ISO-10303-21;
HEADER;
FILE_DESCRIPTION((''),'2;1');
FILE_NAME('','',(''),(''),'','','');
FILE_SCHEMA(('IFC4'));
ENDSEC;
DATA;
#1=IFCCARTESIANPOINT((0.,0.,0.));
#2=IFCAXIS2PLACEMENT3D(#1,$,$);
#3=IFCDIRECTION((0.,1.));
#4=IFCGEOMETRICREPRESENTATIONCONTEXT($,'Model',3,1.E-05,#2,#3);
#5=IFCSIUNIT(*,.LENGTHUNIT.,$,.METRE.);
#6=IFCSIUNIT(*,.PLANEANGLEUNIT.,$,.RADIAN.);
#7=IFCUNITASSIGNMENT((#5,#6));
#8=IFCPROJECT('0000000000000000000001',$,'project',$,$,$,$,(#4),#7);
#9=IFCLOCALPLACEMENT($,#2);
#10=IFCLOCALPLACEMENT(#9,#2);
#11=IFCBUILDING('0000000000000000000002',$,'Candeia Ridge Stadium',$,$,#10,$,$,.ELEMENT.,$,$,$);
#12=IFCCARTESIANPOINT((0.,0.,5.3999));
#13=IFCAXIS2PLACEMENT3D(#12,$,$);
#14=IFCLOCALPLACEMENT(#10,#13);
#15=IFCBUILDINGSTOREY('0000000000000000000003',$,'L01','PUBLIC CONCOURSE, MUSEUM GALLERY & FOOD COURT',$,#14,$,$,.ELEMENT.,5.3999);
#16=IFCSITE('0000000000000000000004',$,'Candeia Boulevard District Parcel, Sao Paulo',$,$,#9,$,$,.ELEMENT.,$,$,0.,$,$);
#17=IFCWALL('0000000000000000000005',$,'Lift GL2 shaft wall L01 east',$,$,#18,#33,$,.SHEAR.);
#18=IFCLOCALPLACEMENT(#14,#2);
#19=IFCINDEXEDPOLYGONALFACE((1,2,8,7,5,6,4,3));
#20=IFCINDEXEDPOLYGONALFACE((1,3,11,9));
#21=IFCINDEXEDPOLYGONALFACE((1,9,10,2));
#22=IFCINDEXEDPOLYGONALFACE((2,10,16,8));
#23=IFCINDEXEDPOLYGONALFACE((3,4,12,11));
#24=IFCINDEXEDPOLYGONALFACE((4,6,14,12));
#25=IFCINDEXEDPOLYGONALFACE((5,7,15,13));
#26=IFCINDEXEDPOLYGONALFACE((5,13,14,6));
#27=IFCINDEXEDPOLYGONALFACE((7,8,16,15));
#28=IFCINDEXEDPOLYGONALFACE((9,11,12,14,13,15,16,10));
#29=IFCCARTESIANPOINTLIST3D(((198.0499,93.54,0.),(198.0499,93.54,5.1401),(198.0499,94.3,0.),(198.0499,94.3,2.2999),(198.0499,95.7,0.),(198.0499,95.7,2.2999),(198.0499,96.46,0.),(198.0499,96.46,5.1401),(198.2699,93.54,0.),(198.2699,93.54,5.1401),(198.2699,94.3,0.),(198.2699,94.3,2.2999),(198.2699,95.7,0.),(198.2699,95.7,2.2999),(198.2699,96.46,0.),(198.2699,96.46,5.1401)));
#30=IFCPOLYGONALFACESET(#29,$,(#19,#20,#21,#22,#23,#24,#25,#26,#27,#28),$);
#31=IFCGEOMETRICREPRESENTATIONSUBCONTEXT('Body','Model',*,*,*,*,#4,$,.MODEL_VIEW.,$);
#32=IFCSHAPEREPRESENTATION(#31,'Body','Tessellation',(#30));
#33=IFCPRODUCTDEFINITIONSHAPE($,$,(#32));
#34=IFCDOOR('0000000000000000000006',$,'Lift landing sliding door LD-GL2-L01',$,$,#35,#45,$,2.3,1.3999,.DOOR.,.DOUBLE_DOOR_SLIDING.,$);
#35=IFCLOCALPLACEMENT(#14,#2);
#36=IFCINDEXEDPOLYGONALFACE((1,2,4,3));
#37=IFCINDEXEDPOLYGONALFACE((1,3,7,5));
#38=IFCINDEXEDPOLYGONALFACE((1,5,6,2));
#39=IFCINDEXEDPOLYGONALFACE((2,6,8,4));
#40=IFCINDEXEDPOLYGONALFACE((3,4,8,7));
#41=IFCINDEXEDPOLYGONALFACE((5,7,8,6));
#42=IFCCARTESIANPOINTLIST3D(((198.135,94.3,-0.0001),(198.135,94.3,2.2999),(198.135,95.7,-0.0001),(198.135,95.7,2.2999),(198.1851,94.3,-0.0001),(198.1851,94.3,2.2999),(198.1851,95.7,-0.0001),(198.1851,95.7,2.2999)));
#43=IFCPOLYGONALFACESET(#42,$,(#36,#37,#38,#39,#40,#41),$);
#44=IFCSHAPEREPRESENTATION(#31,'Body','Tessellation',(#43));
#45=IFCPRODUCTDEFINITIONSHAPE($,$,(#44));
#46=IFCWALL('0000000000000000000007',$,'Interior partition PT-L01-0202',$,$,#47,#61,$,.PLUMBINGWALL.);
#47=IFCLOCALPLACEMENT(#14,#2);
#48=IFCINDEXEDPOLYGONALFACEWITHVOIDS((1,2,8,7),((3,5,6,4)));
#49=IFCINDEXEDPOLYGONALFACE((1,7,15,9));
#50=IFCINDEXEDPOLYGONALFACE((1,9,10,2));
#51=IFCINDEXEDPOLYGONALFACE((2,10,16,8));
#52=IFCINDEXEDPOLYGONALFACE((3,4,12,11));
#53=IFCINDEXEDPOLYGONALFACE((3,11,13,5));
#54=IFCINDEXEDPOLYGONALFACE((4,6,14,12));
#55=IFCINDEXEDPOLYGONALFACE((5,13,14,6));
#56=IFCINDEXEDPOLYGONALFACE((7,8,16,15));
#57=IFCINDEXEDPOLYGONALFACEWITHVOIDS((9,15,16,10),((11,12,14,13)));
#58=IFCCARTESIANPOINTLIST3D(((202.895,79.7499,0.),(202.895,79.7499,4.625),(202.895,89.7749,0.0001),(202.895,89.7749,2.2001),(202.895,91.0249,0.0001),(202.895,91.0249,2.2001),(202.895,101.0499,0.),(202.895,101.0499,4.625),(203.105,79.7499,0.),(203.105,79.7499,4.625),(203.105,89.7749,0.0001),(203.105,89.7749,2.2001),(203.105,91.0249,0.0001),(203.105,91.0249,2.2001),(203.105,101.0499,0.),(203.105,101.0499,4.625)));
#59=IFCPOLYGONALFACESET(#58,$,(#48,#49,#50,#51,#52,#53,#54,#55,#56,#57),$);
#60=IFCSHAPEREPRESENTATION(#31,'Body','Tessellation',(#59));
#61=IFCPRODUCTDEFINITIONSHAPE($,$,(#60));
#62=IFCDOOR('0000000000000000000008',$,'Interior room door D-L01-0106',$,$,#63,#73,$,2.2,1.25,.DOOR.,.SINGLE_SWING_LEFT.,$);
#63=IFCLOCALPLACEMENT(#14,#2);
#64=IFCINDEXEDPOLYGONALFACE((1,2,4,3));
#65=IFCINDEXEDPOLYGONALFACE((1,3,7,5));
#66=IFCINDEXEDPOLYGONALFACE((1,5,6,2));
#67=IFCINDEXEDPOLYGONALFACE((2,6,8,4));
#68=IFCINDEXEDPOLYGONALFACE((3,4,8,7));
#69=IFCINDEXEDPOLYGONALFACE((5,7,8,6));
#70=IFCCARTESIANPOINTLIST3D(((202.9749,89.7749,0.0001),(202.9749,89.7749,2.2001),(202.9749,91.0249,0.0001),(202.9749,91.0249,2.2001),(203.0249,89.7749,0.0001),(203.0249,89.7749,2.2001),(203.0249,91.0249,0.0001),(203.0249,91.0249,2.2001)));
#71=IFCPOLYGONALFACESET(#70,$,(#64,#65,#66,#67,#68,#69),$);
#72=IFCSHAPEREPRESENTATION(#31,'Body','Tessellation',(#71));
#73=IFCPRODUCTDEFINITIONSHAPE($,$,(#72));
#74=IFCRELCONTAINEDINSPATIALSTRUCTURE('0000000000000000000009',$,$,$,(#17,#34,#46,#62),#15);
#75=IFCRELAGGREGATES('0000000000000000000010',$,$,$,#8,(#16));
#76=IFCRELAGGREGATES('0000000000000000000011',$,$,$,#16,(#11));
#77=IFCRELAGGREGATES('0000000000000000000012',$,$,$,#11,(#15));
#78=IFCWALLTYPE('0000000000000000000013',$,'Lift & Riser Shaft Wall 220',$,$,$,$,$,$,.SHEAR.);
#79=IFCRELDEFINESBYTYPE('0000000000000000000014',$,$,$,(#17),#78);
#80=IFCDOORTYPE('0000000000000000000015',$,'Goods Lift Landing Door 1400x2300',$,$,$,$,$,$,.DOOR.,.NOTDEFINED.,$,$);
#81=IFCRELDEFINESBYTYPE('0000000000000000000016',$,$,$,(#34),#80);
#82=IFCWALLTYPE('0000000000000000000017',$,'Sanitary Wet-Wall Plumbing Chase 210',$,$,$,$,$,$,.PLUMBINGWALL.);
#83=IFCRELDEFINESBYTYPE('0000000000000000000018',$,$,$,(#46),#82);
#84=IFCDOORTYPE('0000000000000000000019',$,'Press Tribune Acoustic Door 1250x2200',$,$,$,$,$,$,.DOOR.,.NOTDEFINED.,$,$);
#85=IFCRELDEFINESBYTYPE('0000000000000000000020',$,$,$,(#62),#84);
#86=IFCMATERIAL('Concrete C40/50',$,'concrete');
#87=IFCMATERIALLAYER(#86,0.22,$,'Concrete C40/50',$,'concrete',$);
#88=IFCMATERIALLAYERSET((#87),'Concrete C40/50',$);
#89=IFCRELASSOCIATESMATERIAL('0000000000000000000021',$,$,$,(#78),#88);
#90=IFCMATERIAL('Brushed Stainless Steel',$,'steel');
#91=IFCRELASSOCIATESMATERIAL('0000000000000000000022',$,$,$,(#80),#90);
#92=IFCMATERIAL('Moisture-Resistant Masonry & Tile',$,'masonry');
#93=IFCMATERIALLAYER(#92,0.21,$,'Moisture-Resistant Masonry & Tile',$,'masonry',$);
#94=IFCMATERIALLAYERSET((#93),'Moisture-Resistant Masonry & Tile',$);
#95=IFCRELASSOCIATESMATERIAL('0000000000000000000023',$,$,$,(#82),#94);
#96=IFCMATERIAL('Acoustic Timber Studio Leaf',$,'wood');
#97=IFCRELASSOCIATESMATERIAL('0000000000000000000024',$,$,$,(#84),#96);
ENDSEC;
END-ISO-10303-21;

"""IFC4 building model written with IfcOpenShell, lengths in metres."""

from ifc_helpers import new_model, si_unit, direction, frame, frame_2d, origin, place, context, subcontext, project, spatial, rectangle, extrude, material, layer, layer_set, type_object, element, fill, save


model = new_model("IFC4")

# Units and contexts
model_context = context("Model", 3, precision=1e-05, world=origin(), true_north=direction((0.0, 1.0)))
body_context = subcontext(model_context, "Body", "Model", "MODEL_VIEW")
ifc_project = project(units=[si_unit("LENGTHUNIT", "METRE"), si_unit("PLANEANGLEUNIT", "RADIAN")], contexts=[model_context])

# Site, building, storey
site_placement = place(None, origin())
site = spatial("IfcSite", under=ifc_project, at=site_placement, Name="Candeia Boulevard District Parcel, Sao Paulo", CompositionType="ELEMENT", RefElevation=0.0)
building_placement = place(site_placement, origin())
building = spatial("IfcBuilding", under=site, at=building_placement, Name="Candeia Ridge Stadium", CompositionType="ELEMENT")
storey_placement = place(building_placement, frame((0.0, 0.0, 5.3999)))
storey = spatial("IfcBuildingStorey", under=building, at=storey_placement, Name="L01", Description="PUBLIC CONCOURSE, MUSEUM GALLERY & FOOD COURT", CompositionType="ELEMENT", Elevation=5.3999)

# Shared definitions
ifc_material_1 = material(Name="Concrete C40/50", Category="concrete")

# Shared definitions
ifc_material_2 = material(Name="Moisture-Resistant Masonry & Tile", Category="masonry")
ifc_layer_1 = layer(ifc_material_1, 0.22, Name="Concrete C40/50", Category="concrete")
ifc_layer_set_1 = layer_set([ifc_layer_1], Name="Concrete C40/50")
wall_type_1 = type_object("IfcWallType", Name="Lift & Riser Shaft Wall 220", PredefinedType="SHEAR", material=ifc_layer_set_1)

# Walls, openings, doors
wall_1_placement = place(storey_placement, frame((198.1599, 93.54, 0.0), z_axis=(0.0, 0.0, 1.0), x_axis=(0.0, 1.0, 0.0)))
wall_1 = element("IfcWall", 1, at=wall_1_placement, inside=storey, type_object=wall_type_1, Name="Lift GL2 shaft wall L01 east", PredefinedType="SHEAR", context=body_context, shape_type="SweptSolid", body=[
    extrude(rectangle(XDim=2.9199, YDim=0.22, at=frame_2d((1.46, 0.0))), origin(), (0.0, 0.0, 1.0), 5.1401),
])
opening_1_placement = place(wall_1_placement, frame((0.76, 0.0, 0.0)))
opening_1 = element("IfcOpeningElement", 2, at=opening_1_placement, cuts=wall_1, PredefinedType="OPENING", context=body_context, shape_type="SweptSolid", body=[
    extrude(rectangle(XDim=1.3999, YDim=2.3, at=frame_2d((0.7, 1.1499))), frame((0.0, 0.1199, 0.0), z_axis=(0.0, -1.0, 0.0), x_axis=(1.0, 0.0, 0.0)), (0.0, 0.0, 1.0), 0.24),
])
ifc_material_3 = material(Name="Brushed Stainless Steel", Category="steel")
door_type_1 = type_object("IfcDoorType", Name="Goods Lift Landing Door 1400x2300", OperationType="NOTDEFINED", PredefinedType="DOOR", material=ifc_material_3)
door_1_placement = place(opening_1_placement, origin())
door_1 = element("IfcDoor", 3, at=door_1_placement, inside=storey, type_object=door_type_1, Name="Lift landing sliding door LD-GL2-L01", OperationType="DOUBLE_DOOR_SLIDING", OverallHeight=2.3, OverallWidth=1.3999, PredefinedType="DOOR", context=body_context, shape_type="SweptSolid", body=[
    extrude(rectangle(XDim=1.3999, YDim=2.3, at=frame_2d((0.7, 1.1499))), frame((0.0, 0.0249, 0.0), z_axis=(0.0, -1.0, 0.0), x_axis=(1.0, 0.0, 0.0)), (0.0, 0.0, 1.0), 0.05),
])
fill(opening_1, door_1)
ifc_layer_2 = layer(ifc_material_2, 0.21, Name="Moisture-Resistant Masonry & Tile", Category="masonry")
ifc_layer_set_2 = layer_set([ifc_layer_2], Name="Moisture-Resistant Masonry & Tile")
wall_type_2 = type_object("IfcWallType", Name="Sanitary Wet-Wall Plumbing Chase 210", PredefinedType="PLUMBINGWALL", material=ifc_layer_set_2)
wall_2_placement = place(storey_placement, frame((203.0, 79.75, 0.0), z_axis=(0.0, 0.0, 1.0), x_axis=(0.0, 1.0, 0.0)))
wall_2 = element("IfcWall", 4, at=wall_2_placement, inside=storey, type_object=wall_type_2, Name="Interior partition PT-L01-0202", PredefinedType="PLUMBINGWALL", context=body_context, shape_type="SweptSolid", body=[
    extrude(rectangle(XDim=21.3, YDim=0.21, at=frame_2d((10.6499, 0.0))), origin(), (0.0, 0.0, 1.0), 4.625),
])
opening_2_placement = place(wall_2_placement, frame((10.0249, 0.0, 0.0)))
opening_2 = element("IfcOpeningElement", 5, at=opening_2_placement, cuts=wall_2, PredefinedType="OPENING", context=body_context, shape_type="SweptSolid", body=[
    extrude(rectangle(XDim=1.25, YDim=2.2, at=frame_2d((0.625, 1.1001))), frame((0.0, 0.115, 0.0), z_axis=(0.0, -1.0, 0.0), x_axis=(1.0, 0.0, 0.0)), (0.0, 0.0, 1.0), 0.23),
])
ifc_material_4 = material(Name="Acoustic Timber Studio Leaf", Category="wood")
door_type_2 = type_object("IfcDoorType", Name="Press Tribune Acoustic Door 1250x2200", OperationType="NOTDEFINED", PredefinedType="DOOR", material=ifc_material_4)
door_2_placement = place(opening_2_placement, frame((1.25, 0.0, 0.0), z_axis=(0.0, 0.0, 1.0), x_axis=(-1.0, 0.0, 0.0)))
door_2 = element("IfcDoor", 6, at=door_2_placement, inside=storey, type_object=door_type_2, Name="Interior room door D-L01-0106", OperationType="SINGLE_SWING_LEFT", OverallHeight=2.2, OverallWidth=1.25, PredefinedType="DOOR", context=body_context, shape_type="SweptSolid", body=[
    extrude(rectangle(XDim=1.25, YDim=2.2, at=frame_2d((0.625, 1.1001))), frame((0.0, 0.0249, 0.0), z_axis=(0.0, -1.0, 0.0), x_axis=(1.0, 0.0, 0.0)), (0.0, 0.0, 1.0), 0.05),
])
fill(opening_2, door_2)

save(model, "model.ifc")
